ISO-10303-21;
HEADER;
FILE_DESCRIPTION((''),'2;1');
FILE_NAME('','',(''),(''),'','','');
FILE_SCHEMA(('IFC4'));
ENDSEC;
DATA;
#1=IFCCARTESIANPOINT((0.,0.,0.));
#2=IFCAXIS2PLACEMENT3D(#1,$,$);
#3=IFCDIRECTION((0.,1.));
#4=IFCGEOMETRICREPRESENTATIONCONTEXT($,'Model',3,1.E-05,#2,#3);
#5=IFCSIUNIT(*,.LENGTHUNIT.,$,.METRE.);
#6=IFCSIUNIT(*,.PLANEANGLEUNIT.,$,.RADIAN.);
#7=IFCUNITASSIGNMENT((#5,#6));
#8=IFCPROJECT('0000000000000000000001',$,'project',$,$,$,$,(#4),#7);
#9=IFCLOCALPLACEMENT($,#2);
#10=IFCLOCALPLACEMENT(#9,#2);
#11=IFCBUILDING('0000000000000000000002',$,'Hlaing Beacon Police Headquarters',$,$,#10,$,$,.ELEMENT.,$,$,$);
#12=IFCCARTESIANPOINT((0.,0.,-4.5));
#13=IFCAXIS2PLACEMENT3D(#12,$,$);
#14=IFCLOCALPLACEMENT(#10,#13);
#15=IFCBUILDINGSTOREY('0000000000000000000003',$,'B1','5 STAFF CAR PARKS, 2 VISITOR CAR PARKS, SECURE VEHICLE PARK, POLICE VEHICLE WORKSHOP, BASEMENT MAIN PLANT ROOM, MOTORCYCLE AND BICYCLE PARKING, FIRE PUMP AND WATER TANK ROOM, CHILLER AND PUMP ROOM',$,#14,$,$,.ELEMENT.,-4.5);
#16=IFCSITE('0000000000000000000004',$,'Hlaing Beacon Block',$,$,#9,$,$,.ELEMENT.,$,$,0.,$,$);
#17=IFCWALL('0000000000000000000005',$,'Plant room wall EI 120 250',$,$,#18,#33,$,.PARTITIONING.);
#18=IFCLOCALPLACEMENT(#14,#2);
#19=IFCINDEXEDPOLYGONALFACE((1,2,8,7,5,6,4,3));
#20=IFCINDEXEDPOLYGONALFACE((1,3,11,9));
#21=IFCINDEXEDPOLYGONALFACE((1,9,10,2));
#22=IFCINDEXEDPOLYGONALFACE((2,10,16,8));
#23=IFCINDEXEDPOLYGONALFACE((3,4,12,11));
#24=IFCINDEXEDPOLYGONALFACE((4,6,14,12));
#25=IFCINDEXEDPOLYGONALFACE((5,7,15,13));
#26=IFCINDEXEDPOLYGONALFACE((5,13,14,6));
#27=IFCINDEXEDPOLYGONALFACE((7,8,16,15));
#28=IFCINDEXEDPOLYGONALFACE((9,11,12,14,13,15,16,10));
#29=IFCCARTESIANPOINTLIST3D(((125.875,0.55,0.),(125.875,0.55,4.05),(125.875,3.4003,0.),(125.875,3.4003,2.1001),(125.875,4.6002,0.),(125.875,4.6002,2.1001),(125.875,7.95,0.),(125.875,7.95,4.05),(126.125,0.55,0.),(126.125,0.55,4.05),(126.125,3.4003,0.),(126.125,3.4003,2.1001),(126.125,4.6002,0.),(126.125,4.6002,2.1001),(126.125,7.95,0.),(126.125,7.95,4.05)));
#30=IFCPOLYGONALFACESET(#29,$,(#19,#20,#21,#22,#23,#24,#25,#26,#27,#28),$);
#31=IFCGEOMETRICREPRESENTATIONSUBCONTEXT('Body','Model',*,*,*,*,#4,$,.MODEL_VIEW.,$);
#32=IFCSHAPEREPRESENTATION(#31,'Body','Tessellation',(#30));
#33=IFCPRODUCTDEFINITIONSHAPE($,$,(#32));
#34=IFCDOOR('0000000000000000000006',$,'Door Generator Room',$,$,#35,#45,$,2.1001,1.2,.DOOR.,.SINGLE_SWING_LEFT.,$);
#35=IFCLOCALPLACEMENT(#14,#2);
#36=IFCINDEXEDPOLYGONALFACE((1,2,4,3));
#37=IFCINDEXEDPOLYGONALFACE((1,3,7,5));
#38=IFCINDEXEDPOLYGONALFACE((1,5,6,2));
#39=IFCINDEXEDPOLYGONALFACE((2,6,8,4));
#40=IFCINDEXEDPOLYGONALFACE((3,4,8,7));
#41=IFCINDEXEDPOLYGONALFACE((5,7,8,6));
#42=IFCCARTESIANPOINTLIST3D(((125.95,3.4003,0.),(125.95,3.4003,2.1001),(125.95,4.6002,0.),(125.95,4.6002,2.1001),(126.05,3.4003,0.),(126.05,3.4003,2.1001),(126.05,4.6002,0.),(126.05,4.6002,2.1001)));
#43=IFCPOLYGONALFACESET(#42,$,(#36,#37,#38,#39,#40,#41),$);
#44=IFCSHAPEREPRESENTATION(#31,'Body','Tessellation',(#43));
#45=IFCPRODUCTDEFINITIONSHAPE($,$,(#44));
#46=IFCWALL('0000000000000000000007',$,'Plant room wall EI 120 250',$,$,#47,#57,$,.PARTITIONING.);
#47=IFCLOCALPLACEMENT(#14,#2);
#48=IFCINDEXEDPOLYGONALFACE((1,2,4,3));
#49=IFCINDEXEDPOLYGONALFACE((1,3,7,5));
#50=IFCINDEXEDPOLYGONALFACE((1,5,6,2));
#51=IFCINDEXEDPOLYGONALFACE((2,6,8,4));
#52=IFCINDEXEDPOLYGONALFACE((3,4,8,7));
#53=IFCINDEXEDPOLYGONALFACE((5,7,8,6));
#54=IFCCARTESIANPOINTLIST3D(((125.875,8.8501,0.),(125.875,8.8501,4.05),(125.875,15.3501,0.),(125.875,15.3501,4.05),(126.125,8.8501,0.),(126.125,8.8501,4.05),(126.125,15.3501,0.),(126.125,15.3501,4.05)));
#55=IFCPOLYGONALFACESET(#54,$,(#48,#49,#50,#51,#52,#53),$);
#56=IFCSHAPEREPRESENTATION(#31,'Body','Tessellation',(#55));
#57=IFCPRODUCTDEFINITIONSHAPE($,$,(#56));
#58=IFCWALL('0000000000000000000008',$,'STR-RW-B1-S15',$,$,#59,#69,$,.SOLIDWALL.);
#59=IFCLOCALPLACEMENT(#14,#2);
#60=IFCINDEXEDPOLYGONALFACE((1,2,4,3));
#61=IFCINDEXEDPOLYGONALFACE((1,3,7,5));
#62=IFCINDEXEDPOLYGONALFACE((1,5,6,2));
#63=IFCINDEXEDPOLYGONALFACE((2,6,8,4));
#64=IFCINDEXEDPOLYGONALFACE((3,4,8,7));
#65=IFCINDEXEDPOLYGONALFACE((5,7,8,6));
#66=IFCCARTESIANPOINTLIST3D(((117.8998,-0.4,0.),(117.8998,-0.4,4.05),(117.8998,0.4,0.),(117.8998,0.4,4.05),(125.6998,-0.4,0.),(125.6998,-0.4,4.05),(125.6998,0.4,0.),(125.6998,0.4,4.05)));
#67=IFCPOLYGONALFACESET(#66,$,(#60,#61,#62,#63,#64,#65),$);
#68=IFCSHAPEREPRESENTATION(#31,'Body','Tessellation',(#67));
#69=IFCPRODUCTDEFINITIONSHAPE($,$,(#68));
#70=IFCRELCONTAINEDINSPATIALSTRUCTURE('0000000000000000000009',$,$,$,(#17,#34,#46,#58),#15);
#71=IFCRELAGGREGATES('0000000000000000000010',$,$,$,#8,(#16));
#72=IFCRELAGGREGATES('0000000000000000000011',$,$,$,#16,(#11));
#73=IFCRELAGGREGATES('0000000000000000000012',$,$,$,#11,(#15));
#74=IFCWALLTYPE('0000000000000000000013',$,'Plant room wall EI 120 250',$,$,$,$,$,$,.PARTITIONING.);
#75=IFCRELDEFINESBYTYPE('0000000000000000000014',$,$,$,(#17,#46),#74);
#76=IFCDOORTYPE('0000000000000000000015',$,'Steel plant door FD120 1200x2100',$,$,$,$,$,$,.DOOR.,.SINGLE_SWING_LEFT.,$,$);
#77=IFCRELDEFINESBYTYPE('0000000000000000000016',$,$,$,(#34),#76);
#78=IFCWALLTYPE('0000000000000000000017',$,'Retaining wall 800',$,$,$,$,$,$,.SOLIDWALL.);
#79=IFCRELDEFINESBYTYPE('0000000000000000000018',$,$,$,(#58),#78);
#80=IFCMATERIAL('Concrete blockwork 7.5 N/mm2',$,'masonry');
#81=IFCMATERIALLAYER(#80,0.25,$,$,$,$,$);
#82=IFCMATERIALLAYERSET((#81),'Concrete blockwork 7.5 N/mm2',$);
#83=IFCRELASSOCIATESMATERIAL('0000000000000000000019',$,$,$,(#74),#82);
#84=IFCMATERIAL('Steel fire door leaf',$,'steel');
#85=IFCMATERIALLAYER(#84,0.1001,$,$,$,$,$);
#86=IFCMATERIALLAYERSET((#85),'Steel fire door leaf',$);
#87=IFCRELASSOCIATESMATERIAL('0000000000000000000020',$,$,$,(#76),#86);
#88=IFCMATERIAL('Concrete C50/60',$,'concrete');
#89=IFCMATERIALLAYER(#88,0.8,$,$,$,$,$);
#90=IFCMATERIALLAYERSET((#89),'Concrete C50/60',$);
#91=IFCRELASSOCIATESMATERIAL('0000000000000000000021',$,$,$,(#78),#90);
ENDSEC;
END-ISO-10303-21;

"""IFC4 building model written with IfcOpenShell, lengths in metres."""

from ifc_helpers import new_model, si_unit, direction, frame, frame_2d, origin, place, context, subcontext, project, spatial, rectangle, extrude, material, layer, layer_set, type_object, element, fill, save


model = new_model("IFC4")

# Units and contexts
model_context = context("Model", 3, precision=1e-05, world=origin(), true_north=direction((0.0, 1.0)))
body_context = subcontext(model_context, "Body", "Model", "MODEL_VIEW")
ifc_project = project(units=[si_unit("LENGTHUNIT", "METRE"), si_unit("PLANEANGLEUNIT", "RADIAN")], contexts=[model_context])

# Site, building, storey
site_placement = place(None, origin())
site = spatial("IfcSite", under=ifc_project, at=site_placement, Name="Hlaing Beacon Block", CompositionType="ELEMENT", RefElevation=0.0)
building_placement = place(site_placement, origin())
building = spatial("IfcBuilding", under=site, at=building_placement, Name="Hlaing Beacon Police Headquarters", CompositionType="ELEMENT")
storey_placement = place(building_placement, frame((0.0, 0.0, -4.5)))
storey = spatial("IfcBuildingStorey", under=building, at=storey_placement, Name="B1", Description="5 STAFF CAR PARKS, 2 VISITOR CAR PARKS, SECURE VEHICLE PARK, POLICE VEHICLE WORKSHOP, BASEMENT MAIN PLANT ROOM, MOTORCYCLE AND BICYCLE PARKING, FIRE PUMP AND WATER TANK ROOM, CHILLER AND PUMP ROOM", CompositionType="ELEMENT", Elevation=-4.5)

# Wall, opening, door
ifc_material_1 = material(Name="Concrete blockwork 7.5 N/mm2", Category="masonry")
ifc_layer_1 = layer(ifc_material_1, 0.25)
ifc_layer_set_1 = layer_set([ifc_layer_1], Name="Concrete blockwork 7.5 N/mm2")
wall_type_1 = type_object("IfcWallType", Name="Plant room wall EI 120 250", PredefinedType="PARTITIONING", material=ifc_layer_set_1)
wall_1_placement = place(storey_placement, frame((126.0, 0.55, 0.0), z_axis=(0.0, 0.0, 1.0), x_axis=(0.0, 1.0, 0.0)))
wall_1 = element("IfcWall", 1, at=wall_1_placement, inside=storey, type_object=wall_type_1, Name="Plant room wall EI 120 250", PredefinedType="PARTITIONING", context=body_context, shape_type="SweptSolid", body=[
    extrude(rectangle(XDim=7.3999, YDim=0.25, at=frame_2d((3.7, 0.0))), origin(), (0.0, 0.0, 1.0), 4.05),
])
opening_placement = place(wall_1_placement, frame((2.8501, 0.0, 0.0)))
opening = element("IfcOpeningElement", 2, at=opening_placement, cuts=wall_1, PredefinedType="OPENING", context=body_context, shape_type="SweptSolid", body=[
    extrude(rectangle(XDim=1.2, YDim=2.1001, at=frame_2d((0.6001, 1.05))), frame((0.0, 0.135, 0.0), z_axis=(0.0, -1.0, 0.0), x_axis=(1.0, 0.0, 0.0)), (0.0, 0.0, 1.0), 0.27),
])
ifc_material_2 = material(Name="Steel fire door leaf", Category="steel")
ifc_layer_2 = layer(ifc_material_2, 0.1001)
ifc_layer_set_2 = layer_set([ifc_layer_2], Name="Steel fire door leaf")
door_type = type_object("IfcDoorType", Name="Steel plant door FD120 1200x2100", OperationType="SINGLE_SWING_LEFT", PredefinedType="DOOR", material=ifc_layer_set_2)
door_placement = place(opening_placement, frame((1.2, 0.0, 0.0), z_axis=(0.0, 0.0, 1.0), x_axis=(-1.0, 0.0, 0.0)))
door = element("IfcDoor", 3, at=door_placement, inside=storey, type_object=door_type, Name="Door Generator Room", OperationType="SINGLE_SWING_LEFT", OverallHeight=2.1001, OverallWidth=1.2, PredefinedType="DOOR", context=body_context, shape_type="SweptSolid", body=[
    extrude(rectangle(XDim=1.2, YDim=2.1001, at=frame_2d((0.5999, 1.05))), frame((0.0, 0.05, 0.0), z_axis=(0.0, -1.0, 0.0), x_axis=(1.0, 0.0, 0.0)), (0.0, 0.0, 1.0), 0.1001),
])
fill(opening, door)

# Walls
wall_2_placement = place(storey_placement, frame((126.0, 8.8501, 0.0), z_axis=(0.0, 0.0, 1.0), x_axis=(0.0, 1.0, 0.0)))
element("IfcWall", 4, at=wall_2_placement, inside=storey, type_object=wall_type_1, Name="Plant room wall EI 120 250", PredefinedType="PARTITIONING", context=body_context, shape_type="SweptSolid", body=[
    extrude(rectangle(XDim=6.5, YDim=0.25, at=frame_2d((3.25, 0.0))), origin(), (0.0, 0.0, 1.0), 4.05),
])
ifc_material_3 = material(Name="Concrete C50/60", Category="concrete")
ifc_layer_3 = layer(ifc_material_3, 0.8)
ifc_layer_set_3 = layer_set([ifc_layer_3], Name="Concrete C50/60")
wall_type_2 = type_object("IfcWallType", Name="Retaining wall 800", PredefinedType="SOLIDWALL", material=ifc_layer_set_3)
wall_3_placement = place(storey_placement, frame((117.8999, 0.0, 0.0), z_axis=(0.0, 0.0, 1.0), x_axis=(1.0, 0.0, 0.0)))
element("IfcWall", 5, at=wall_3_placement, inside=storey, type_object=wall_type_2, Name="STR-RW-B1-S15", PredefinedType="SOLIDWALL", context=body_context, shape_type="SweptSolid", body=[
    extrude(rectangle(XDim=7.8, YDim=0.8, at=frame_2d((3.8999, 0.0))), origin(), (0.0, 0.0, 1.0), 4.05),
])

save(model, "model.ifc")
